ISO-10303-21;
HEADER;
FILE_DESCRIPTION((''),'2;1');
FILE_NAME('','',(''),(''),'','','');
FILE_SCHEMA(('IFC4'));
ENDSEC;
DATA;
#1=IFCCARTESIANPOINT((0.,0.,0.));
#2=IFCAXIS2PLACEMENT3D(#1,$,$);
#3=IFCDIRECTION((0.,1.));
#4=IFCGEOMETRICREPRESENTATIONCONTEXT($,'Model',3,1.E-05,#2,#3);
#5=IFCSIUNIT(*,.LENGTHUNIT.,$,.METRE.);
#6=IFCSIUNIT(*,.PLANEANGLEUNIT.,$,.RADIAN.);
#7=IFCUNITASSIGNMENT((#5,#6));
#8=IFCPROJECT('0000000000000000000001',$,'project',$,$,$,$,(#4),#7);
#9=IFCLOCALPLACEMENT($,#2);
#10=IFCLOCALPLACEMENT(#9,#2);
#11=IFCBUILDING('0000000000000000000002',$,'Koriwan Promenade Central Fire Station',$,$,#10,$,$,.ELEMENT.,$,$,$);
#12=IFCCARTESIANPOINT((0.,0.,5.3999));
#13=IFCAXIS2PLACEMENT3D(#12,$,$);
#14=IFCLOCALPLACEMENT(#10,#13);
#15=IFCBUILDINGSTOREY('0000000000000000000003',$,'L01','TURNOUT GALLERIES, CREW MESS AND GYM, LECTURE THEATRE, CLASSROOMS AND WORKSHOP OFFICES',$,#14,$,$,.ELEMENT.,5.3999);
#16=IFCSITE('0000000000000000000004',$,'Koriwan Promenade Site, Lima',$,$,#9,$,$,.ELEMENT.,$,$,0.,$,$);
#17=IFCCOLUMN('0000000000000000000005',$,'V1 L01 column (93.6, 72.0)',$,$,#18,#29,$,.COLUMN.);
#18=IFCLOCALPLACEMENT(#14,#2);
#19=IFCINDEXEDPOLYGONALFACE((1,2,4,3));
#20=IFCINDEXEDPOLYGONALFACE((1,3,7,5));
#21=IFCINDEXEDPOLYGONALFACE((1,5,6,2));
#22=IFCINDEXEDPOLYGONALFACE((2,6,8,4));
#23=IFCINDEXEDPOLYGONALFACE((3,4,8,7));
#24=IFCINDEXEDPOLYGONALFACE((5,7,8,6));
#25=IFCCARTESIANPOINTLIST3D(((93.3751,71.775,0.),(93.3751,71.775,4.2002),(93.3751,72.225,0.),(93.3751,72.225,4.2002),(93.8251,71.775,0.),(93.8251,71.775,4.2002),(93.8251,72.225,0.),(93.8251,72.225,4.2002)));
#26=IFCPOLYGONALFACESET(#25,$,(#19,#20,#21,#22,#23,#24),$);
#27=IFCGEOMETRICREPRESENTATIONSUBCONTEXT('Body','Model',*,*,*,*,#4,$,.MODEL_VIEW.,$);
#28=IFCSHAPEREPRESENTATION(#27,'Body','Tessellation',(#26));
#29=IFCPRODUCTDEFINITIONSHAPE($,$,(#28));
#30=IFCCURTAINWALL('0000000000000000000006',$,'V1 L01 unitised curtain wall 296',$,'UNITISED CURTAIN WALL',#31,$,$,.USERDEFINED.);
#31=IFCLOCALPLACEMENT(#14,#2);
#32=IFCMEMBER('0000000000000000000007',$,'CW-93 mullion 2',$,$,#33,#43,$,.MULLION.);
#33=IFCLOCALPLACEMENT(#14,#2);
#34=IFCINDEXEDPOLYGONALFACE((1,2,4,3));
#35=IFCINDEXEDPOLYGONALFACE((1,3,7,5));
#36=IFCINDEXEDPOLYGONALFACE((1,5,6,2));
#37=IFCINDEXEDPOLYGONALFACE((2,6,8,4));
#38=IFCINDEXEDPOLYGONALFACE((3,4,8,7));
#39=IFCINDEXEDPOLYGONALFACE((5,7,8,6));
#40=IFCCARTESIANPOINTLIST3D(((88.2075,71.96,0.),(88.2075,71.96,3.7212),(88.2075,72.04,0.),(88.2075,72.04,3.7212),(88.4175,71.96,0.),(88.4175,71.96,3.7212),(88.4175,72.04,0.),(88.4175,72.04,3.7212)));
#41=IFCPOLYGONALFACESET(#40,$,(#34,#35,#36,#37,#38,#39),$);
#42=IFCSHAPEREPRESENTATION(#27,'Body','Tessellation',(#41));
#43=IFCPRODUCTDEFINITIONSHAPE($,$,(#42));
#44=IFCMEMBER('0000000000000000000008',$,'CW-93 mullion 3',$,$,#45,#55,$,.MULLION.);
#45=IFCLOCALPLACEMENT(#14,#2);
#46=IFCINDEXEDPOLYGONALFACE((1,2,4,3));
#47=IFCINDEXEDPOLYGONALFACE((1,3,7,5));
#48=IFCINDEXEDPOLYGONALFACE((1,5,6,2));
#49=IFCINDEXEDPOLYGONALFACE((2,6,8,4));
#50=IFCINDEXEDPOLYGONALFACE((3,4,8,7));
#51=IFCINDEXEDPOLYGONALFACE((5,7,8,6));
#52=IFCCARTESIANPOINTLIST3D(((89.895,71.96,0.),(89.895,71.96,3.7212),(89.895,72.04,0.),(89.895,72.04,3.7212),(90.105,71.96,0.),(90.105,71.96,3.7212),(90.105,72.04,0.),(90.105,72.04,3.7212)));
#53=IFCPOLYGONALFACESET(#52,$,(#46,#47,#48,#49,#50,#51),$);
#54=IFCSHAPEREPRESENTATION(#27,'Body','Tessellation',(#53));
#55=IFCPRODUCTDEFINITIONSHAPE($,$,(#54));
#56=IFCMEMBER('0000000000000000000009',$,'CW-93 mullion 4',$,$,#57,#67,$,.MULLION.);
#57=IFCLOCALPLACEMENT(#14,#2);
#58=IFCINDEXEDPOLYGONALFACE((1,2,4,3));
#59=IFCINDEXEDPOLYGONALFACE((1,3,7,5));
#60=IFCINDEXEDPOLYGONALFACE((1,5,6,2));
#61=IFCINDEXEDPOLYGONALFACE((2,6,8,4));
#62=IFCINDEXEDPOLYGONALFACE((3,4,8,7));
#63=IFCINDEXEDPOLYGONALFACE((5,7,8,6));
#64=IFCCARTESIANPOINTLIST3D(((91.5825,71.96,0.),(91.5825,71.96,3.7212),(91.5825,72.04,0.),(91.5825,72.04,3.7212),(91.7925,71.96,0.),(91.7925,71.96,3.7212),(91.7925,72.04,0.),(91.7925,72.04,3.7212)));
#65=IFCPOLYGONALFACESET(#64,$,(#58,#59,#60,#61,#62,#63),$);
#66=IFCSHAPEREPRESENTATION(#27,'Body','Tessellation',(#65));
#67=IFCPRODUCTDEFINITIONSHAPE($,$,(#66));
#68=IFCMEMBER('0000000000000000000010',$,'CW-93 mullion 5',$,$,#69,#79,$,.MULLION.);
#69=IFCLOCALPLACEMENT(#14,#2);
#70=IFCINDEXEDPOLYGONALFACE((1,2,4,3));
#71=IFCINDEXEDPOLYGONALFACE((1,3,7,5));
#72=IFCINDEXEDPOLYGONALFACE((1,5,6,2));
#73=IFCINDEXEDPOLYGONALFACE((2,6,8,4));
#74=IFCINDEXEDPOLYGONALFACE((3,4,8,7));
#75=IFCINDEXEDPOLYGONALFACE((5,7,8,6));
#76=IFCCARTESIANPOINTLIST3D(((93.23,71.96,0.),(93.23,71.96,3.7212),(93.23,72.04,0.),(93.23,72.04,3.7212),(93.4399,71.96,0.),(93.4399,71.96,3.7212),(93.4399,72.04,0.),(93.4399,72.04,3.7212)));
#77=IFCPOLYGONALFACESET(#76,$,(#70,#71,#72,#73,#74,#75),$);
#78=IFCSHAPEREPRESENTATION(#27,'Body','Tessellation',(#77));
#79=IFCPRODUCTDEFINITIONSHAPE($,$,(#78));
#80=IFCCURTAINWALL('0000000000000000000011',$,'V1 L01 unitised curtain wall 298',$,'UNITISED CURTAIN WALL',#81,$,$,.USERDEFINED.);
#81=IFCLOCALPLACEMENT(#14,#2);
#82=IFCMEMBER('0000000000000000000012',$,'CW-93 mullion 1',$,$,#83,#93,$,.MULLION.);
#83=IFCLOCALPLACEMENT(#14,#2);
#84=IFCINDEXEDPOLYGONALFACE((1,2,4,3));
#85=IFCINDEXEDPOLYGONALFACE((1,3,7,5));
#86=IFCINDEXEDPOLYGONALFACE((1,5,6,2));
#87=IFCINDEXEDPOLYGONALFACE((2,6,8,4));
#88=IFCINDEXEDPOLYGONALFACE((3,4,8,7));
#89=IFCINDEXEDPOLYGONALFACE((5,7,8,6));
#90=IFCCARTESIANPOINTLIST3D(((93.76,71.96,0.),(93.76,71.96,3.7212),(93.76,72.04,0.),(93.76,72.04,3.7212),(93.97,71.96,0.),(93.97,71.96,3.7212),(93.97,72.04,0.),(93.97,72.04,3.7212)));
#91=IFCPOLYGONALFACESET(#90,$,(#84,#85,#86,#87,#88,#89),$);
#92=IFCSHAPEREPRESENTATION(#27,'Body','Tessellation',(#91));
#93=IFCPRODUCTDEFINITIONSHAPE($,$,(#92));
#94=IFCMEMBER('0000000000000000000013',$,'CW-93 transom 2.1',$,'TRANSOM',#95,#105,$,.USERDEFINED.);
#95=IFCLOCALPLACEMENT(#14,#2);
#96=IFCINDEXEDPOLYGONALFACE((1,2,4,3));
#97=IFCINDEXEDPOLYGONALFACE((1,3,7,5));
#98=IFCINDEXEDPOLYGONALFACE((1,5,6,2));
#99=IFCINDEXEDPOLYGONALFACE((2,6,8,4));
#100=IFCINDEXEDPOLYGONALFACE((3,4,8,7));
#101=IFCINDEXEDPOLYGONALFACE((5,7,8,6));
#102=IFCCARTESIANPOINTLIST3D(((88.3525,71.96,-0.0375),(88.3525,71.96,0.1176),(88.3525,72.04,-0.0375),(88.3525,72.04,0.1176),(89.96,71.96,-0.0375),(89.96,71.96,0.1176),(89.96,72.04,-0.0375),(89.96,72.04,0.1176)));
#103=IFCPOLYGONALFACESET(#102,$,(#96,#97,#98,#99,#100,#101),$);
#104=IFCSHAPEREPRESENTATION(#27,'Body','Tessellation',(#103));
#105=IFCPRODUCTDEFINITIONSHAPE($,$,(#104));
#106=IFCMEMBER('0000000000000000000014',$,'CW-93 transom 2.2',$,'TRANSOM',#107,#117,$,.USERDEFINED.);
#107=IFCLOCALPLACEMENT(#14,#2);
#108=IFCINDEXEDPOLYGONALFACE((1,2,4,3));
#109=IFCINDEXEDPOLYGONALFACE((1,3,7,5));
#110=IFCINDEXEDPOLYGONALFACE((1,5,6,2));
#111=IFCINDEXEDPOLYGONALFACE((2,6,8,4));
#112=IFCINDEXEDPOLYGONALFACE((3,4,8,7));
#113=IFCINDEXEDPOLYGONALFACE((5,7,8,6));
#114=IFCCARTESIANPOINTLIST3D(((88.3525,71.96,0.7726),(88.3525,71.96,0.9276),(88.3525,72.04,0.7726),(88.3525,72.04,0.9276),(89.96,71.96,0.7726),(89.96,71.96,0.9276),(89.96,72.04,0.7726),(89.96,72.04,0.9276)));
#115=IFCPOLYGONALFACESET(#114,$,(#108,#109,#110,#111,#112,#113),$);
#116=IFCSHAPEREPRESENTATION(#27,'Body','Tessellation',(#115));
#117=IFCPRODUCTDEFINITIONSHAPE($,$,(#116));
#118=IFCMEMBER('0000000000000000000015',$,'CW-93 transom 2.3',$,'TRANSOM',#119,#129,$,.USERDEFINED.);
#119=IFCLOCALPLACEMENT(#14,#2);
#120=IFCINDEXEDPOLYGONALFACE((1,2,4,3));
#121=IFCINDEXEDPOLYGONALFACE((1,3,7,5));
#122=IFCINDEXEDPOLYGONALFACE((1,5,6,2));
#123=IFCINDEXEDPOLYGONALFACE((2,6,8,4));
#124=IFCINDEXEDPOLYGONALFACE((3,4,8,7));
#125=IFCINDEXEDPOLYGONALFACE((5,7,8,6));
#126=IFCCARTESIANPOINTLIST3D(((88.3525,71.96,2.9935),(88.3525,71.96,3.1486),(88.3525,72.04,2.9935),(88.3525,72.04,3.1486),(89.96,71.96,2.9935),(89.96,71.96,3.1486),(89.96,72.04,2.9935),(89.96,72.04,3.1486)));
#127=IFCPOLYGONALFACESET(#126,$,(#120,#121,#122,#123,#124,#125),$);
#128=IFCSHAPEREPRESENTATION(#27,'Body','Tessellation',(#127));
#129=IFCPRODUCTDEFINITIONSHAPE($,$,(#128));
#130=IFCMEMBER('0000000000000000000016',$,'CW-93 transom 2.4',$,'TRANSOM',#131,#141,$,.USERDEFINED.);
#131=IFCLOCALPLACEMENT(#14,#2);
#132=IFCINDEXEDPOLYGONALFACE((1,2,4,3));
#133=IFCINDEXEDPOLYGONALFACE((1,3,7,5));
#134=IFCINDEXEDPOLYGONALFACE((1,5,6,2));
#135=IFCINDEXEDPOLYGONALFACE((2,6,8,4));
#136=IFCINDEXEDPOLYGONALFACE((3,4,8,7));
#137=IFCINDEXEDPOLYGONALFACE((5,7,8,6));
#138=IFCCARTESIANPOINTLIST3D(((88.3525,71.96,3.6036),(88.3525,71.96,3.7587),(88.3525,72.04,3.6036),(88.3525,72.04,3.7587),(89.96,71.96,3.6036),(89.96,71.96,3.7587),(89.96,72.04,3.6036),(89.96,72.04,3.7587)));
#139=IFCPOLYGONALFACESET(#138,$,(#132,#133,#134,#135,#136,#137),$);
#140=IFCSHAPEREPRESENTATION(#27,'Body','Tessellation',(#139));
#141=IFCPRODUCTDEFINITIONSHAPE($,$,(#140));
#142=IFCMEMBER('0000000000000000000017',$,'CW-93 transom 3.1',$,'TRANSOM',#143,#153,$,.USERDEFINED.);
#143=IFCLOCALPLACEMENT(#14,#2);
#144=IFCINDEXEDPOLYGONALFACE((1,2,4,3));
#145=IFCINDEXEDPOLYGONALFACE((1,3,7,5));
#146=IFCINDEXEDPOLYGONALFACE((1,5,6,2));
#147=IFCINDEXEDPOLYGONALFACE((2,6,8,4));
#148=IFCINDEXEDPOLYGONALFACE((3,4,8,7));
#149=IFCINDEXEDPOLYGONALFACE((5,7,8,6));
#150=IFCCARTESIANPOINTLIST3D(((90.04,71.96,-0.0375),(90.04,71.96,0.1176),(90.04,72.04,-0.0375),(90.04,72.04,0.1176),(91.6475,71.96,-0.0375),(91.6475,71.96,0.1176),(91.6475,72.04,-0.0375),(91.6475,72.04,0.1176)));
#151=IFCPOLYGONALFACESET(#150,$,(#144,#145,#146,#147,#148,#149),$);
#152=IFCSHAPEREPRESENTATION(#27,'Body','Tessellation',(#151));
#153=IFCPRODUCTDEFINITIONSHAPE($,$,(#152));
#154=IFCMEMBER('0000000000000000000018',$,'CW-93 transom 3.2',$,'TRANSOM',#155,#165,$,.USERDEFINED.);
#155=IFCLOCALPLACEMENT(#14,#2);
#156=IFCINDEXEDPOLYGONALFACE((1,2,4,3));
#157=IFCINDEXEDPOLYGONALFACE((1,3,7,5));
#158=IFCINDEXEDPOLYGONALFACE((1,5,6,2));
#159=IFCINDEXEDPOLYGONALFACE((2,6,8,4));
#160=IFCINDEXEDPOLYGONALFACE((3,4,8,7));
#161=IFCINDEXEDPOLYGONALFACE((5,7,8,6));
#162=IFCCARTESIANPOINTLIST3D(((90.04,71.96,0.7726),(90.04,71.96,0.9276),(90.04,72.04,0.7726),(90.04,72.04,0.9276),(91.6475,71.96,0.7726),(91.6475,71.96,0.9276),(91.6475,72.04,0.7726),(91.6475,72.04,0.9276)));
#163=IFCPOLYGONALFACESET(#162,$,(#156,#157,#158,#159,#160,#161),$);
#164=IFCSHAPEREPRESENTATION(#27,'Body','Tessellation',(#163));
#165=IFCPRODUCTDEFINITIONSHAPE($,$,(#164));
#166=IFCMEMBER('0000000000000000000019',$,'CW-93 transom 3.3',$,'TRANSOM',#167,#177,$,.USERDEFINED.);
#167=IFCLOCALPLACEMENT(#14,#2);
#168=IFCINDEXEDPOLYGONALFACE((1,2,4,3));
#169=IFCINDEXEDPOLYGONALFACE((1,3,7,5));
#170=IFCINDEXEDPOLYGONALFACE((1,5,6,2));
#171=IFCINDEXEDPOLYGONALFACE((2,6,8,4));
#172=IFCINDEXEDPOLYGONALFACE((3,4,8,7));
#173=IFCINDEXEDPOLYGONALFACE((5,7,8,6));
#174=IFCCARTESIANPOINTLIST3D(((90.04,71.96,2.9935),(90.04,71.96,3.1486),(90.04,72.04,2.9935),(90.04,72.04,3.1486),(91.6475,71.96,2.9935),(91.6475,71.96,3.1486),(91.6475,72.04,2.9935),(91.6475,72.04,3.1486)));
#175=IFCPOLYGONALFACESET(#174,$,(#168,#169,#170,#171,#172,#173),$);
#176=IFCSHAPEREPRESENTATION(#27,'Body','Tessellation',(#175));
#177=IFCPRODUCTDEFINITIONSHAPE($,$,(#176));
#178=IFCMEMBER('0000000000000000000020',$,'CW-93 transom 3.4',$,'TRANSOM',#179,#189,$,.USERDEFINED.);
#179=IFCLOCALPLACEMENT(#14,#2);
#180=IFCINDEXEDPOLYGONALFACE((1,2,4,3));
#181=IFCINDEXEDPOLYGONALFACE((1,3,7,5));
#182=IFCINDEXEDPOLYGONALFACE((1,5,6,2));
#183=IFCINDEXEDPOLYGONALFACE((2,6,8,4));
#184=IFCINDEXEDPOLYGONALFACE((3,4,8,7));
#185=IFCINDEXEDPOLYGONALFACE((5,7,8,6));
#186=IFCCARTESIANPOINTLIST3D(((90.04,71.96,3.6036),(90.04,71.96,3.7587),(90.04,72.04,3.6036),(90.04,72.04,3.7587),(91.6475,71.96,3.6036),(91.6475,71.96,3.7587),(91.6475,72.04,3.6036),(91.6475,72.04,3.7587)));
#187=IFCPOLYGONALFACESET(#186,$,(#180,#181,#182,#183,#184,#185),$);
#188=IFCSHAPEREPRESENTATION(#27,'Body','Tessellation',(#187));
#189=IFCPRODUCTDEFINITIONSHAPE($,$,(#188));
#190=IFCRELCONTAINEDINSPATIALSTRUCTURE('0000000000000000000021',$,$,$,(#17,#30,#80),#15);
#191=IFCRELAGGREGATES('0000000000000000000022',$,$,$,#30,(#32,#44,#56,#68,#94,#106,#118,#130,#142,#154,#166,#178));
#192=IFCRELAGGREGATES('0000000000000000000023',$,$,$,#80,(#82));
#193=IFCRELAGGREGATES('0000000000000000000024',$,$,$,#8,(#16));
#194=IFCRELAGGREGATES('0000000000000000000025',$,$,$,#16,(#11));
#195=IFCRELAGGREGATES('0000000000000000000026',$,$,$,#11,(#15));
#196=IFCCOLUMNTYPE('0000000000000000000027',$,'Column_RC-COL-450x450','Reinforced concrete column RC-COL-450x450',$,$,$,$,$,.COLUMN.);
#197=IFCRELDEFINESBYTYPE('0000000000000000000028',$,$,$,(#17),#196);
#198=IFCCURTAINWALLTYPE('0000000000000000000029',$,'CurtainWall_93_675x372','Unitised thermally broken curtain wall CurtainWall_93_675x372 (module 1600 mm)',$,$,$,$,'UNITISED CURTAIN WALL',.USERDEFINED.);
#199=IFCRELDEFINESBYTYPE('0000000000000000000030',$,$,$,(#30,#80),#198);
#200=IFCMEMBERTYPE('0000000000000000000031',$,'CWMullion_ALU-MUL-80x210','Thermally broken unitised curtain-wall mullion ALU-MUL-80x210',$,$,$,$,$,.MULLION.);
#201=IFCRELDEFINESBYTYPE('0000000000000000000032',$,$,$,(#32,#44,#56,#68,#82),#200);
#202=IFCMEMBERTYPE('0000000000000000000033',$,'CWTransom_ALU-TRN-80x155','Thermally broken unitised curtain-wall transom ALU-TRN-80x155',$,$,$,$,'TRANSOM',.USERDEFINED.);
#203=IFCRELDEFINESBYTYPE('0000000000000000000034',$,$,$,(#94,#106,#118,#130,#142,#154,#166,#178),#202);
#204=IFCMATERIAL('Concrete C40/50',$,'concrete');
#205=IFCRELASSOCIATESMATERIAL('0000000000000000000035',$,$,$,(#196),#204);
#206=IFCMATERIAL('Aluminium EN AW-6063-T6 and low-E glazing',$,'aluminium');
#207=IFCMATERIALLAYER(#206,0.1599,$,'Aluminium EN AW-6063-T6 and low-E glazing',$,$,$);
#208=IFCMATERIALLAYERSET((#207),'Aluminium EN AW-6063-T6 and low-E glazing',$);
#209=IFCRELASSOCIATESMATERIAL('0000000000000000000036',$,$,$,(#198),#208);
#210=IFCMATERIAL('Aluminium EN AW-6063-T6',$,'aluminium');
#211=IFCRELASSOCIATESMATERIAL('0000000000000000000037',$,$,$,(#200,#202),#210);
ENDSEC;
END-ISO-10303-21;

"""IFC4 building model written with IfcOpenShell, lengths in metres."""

from ifc_helpers import new_model, si_unit, direction, frame, origin, origin_2d, place, context, subcontext, project, spatial, rectangle, extrude, material, layer, layer_set, material_profile, profile_set, type_object, element, aggregate, save


model = new_model("IFC4")

# Units and contexts
model_context = context("Model", 3, precision=1e-05, world=origin(), true_north=direction((0.0, 1.0)))
body_context = subcontext(model_context, "Body", "Model", "MODEL_VIEW")
ifc_project = project(units=[si_unit("LENGTHUNIT", "METRE"), si_unit("PLANEANGLEUNIT", "RADIAN")], contexts=[model_context])

# Site, building, storey
site_placement = place(None, origin())
site = spatial("IfcSite", under=ifc_project, at=site_placement, Name="Koriwan Promenade Site, Lima", CompositionType="ELEMENT", RefElevation=0.0)
building_placement = place(site_placement, origin())
building = spatial("IfcBuilding", under=site, at=building_placement, Name="Koriwan Promenade Central Fire Station", CompositionType="ELEMENT")
storey_placement = place(building_placement, frame((0.0, 0.0, 5.3999)))
storey = spatial("IfcBuildingStorey", under=building, at=storey_placement, Name="L01", Description="TURNOUT GALLERIES, CREW MESS AND GYM, LECTURE THEATRE, CLASSROOMS AND WORKSHOP OFFICES", CompositionType="ELEMENT", Elevation=5.3999)

# Column
ifc_material_1 = material(Name="Concrete C40/50", Category="concrete")
ifc_material_profile_1 = material_profile(ifc_material_1, rectangle(XDim=0.45, YDim=0.45, at=origin_2d()), Name="RC-COL-450x450")
ifc_profile_set_1 = profile_set([ifc_material_profile_1], Name="Concrete C40/50")
column_type = type_object("IfcColumnType", Name="Column_RC-COL-450x450", Description="Reinforced concrete column RC-COL-450x450", PredefinedType="COLUMN", material=ifc_profile_set_1)
column_placement = place(storey_placement, frame((93.6001, 72.0, 0.0), z_axis=(0.0, 0.0, 1.0), x_axis=(1.0, 0.0, 0.0)))
element("IfcColumn", 1, at=column_placement, inside=storey, type_object=column_type, Name="V1 L01 column (93.6, 72.0)", PredefinedType="COLUMN", context=body_context, shape_type="SweptSolid", body=[
    extrude(rectangle(XDim=0.45, YDim=0.45, at=origin_2d()), origin(), (0.0, 0.0, 1.0), 4.2002),
])

# Curtain wall, members
ifc_material_2 = material(Name="Aluminium EN AW-6063-T6 and low-E glazing", Category="aluminium")
ifc_layer_1 = layer(ifc_material_2, 0.1599, Name="Aluminium EN AW-6063-T6 and low-E glazing")
ifc_layer_set_1 = layer_set([ifc_layer_1], Name="Aluminium EN AW-6063-T6 and low-E glazing")
curtain_wall_type = type_object("IfcCurtainWallType", Name="CurtainWall_93_675x372", Description="Unitised thermally broken curtain wall CurtainWall_93_675x372 (module 1600 mm)", ElementType="UNITISED CURTAIN WALL", PredefinedType="USERDEFINED", material=ifc_layer_set_1)
curtain_wall_1_placement = place(storey_placement, origin())
curtain_wall_1 = element("IfcCurtainWall", 2, at=curtain_wall_1_placement, inside=storey, type_object=curtain_wall_type, Name="V1 L01 unitised curtain wall 296", ObjectType="UNITISED CURTAIN WALL", PredefinedType="USERDEFINED")
ifc_material_3 = material(Name="Aluminium EN AW-6063-T6", Category="aluminium")
ifc_material_profile_2 = material_profile(ifc_material_3, rectangle(XDim=0.0801, YDim=0.21, at=origin_2d()), Name="ALU-MUL-80x210")
ifc_profile_set_2 = profile_set([ifc_material_profile_2], Name="Aluminium EN AW-6063-T6")
member_type_1 = type_object("IfcMemberType", Name="CWMullion_ALU-MUL-80x210", Description="Thermally broken unitised curtain-wall mullion ALU-MUL-80x210", PredefinedType="MULLION", material=ifc_profile_set_2)
member_1_placement = place(storey_placement, frame((88.3125, 72.0, 0.0), z_axis=(0.0, 0.0, 1.0), x_axis=(0.0, 1.0, 0.0)))
member_1 = element("IfcMember", 3, at=member_1_placement, type_object=member_type_1, Name="CW-93 mullion 2", PredefinedType="MULLION", context=body_context, shape_type="SweptSolid", body=[
    extrude(rectangle(XDim=0.0801, YDim=0.21, at=origin_2d()), origin(), (0.0, 0.0, 1.0), 3.7212),
])
member_2_placement = place(storey_placement, frame((90.0, 72.0, 0.0), z_axis=(0.0, 0.0, 1.0), x_axis=(0.0, 1.0, 0.0)))
member_2 = element("IfcMember", 4, at=member_2_placement, type_object=member_type_1, Name="CW-93 mullion 3", PredefinedType="MULLION", context=body_context, shape_type="SweptSolid", body=[
    extrude(rectangle(XDim=0.0801, YDim=0.21, at=origin_2d()), origin(), (0.0, 0.0, 1.0), 3.7212),
])
member_3_placement = place(storey_placement, frame((91.6875, 72.0, 0.0), z_axis=(0.0, 0.0, 1.0), x_axis=(0.0, 1.0, 0.0)))
member_3 = element("IfcMember", 5, at=member_3_placement, type_object=member_type_1, Name="CW-93 mullion 4", PredefinedType="MULLION", context=body_context, shape_type="SweptSolid", body=[
    extrude(rectangle(XDim=0.0801, YDim=0.21, at=origin_2d()), origin(), (0.0, 0.0, 1.0), 3.7212),
])
member_4_placement = place(storey_placement, frame((93.335, 72.0, 0.0), z_axis=(0.0, 0.0, 1.0), x_axis=(0.0, 1.0, 0.0)))
member_4 = element("IfcMember", 6, at=member_4_placement, type_object=member_type_1, Name="CW-93 mullion 5", PredefinedType="MULLION", context=body_context, shape_type="SweptSolid", body=[
    extrude(rectangle(XDim=0.0801, YDim=0.21, at=origin_2d()), origin(), (0.0, 0.0, 1.0), 3.7212),
])

# Curtain wall, member
curtain_wall_2_placement = place(storey_placement, origin())
curtain_wall_2 = element("IfcCurtainWall", 7, at=curtain_wall_2_placement, inside=storey, type_object=curtain_wall_type, Name="V1 L01 unitised curtain wall 298", ObjectType="UNITISED CURTAIN WALL", PredefinedType="USERDEFINED")
member_5_placement = place(storey_placement, frame((93.865, 72.0, 0.0), z_axis=(0.0, 0.0, 1.0), x_axis=(0.0, 1.0, 0.0)))
member_5 = element("IfcMember", 8, at=member_5_placement, type_object=member_type_1, Name="CW-93 mullion 1", PredefinedType="MULLION", context=body_context, shape_type="SweptSolid", body=[
    extrude(rectangle(XDim=0.0801, YDim=0.21, at=origin_2d()), origin(), (0.0, 0.0, 1.0), 3.7212),
])

# Members
ifc_material_profile_3 = material_profile(ifc_material_3, rectangle(XDim=0.0801, YDim=0.155, at=origin_2d()), Name="ALU-TRN-80x155")
ifc_profile_set_3 = profile_set([ifc_material_profile_3], Name="Aluminium EN AW-6063-T6")
member_type_2 = type_object("IfcMemberType", Name="CWTransom_ALU-TRN-80x155", Description="Thermally broken unitised curtain-wall transom ALU-TRN-80x155", ElementType="TRANSOM", PredefinedType="USERDEFINED", material=ifc_profile_set_3)
member_6_placement = place(storey_placement, frame((88.3525, 72.0, 0.04), z_axis=(1.0, 0.0, 0.0), x_axis=(0.0, 1.0, 0.0)))
member_6 = element("IfcMember", 9, at=member_6_placement, type_object=member_type_2, Name="CW-93 transom 2.1", ObjectType="TRANSOM", PredefinedType="USERDEFINED", context=body_context, shape_type="SweptSolid", body=[
    extrude(rectangle(XDim=0.0801, YDim=0.155, at=origin_2d()), origin(), (0.0, 0.0, 1.0), 1.6074),
])
member_7_placement = place(storey_placement, frame((88.3525, 72.0, 0.8501), z_axis=(1.0, 0.0, 0.0), x_axis=(0.0, 1.0, 0.0)))
member_7 = element("IfcMember", 10, at=member_7_placement, type_object=member_type_2, Name="CW-93 transom 2.2", ObjectType="TRANSOM", PredefinedType="USERDEFINED", context=body_context, shape_type="SweptSolid", body=[
    extrude(rectangle(XDim=0.0801, YDim=0.155, at=origin_2d()), origin(), (0.0, 0.0, 1.0), 1.6074),
])
member_8_placement = place(storey_placement, frame((88.3525, 72.0, 3.071), z_axis=(1.0, 0.0, 0.0), x_axis=(0.0, 1.0, 0.0)))
member_8 = element("IfcMember", 11, at=member_8_placement, type_object=member_type_2, Name="CW-93 transom 2.3", ObjectType="TRANSOM", PredefinedType="USERDEFINED", context=body_context, shape_type="SweptSolid", body=[
    extrude(rectangle(XDim=0.0801, YDim=0.155, at=origin_2d()), origin(), (0.0, 0.0, 1.0), 1.6074),
])
member_9_placement = place(storey_placement, frame((88.3525, 72.0, 3.6812), z_axis=(1.0, 0.0, 0.0), x_axis=(0.0, 1.0, 0.0)))
member_9 = element("IfcMember", 12, at=member_9_placement, type_object=member_type_2, Name="CW-93 transom 2.4", ObjectType="TRANSOM", PredefinedType="USERDEFINED", context=body_context, shape_type="SweptSolid", body=[
    extrude(rectangle(XDim=0.0801, YDim=0.155, at=origin_2d()), origin(), (0.0, 0.0, 1.0), 1.6074),
])
member_10_placement = place(storey_placement, frame((90.04, 72.0, 0.04), z_axis=(1.0, 0.0, 0.0), x_axis=(0.0, 1.0, 0.0)))
member_10 = element("IfcMember", 13, at=member_10_placement, type_object=member_type_2, Name="CW-93 transom 3.1", ObjectType="TRANSOM", PredefinedType="USERDEFINED", context=body_context, shape_type="SweptSolid", body=[
    extrude(rectangle(XDim=0.0801, YDim=0.155, at=origin_2d()), origin(), (0.0, 0.0, 1.0), 1.6074),
])
member_11_placement = place(storey_placement, frame((90.04, 72.0, 0.8501), z_axis=(1.0, 0.0, 0.0), x_axis=(0.0, 1.0, 0.0)))
member_11 = element("IfcMember", 14, at=member_11_placement, type_object=member_type_2, Name="CW-93 transom 3.2", ObjectType="TRANSOM", PredefinedType="USERDEFINED", context=body_context, shape_type="SweptSolid", body=[
    extrude(rectangle(XDim=0.0801, YDim=0.155, at=origin_2d()), origin(), (0.0, 0.0, 1.0), 1.6074),
])
member_12_placement = place(storey_placement, frame((90.04, 72.0, 3.071), z_axis=(1.0, 0.0, 0.0), x_axis=(0.0, 1.0, 0.0)))
member_12 = element("IfcMember", 15, at=member_12_placement, type_object=member_type_2, Name="CW-93 transom 3.3", ObjectType="TRANSOM", PredefinedType="USERDEFINED", context=body_context, shape_type="SweptSolid", body=[
    extrude(rectangle(XDim=0.0801, YDim=0.155, at=origin_2d()), origin(), (0.0, 0.0, 1.0), 1.6074),
])
member_13_placement = place(storey_placement, frame((90.04, 72.0, 3.6812), z_axis=(1.0, 0.0, 0.0), x_axis=(0.0, 1.0, 0.0)))
member_13 = element("IfcMember", 16, at=member_13_placement, type_object=member_type_2, Name="CW-93 transom 3.4", ObjectType="TRANSOM", PredefinedType="USERDEFINED", context=body_context, shape_type="SweptSolid", body=[
    extrude(rectangle(XDim=0.0801, YDim=0.155, at=origin_2d()), origin(), (0.0, 0.0, 1.0), 1.6074),
])

aggregate(curtain_wall_1, [member_1, member_2, member_3, member_4, member_6, member_7, member_8, member_9, member_10, member_11, member_12, member_13])
aggregate(curtain_wall_2, [member_5])

save(model, "model.ifc")
